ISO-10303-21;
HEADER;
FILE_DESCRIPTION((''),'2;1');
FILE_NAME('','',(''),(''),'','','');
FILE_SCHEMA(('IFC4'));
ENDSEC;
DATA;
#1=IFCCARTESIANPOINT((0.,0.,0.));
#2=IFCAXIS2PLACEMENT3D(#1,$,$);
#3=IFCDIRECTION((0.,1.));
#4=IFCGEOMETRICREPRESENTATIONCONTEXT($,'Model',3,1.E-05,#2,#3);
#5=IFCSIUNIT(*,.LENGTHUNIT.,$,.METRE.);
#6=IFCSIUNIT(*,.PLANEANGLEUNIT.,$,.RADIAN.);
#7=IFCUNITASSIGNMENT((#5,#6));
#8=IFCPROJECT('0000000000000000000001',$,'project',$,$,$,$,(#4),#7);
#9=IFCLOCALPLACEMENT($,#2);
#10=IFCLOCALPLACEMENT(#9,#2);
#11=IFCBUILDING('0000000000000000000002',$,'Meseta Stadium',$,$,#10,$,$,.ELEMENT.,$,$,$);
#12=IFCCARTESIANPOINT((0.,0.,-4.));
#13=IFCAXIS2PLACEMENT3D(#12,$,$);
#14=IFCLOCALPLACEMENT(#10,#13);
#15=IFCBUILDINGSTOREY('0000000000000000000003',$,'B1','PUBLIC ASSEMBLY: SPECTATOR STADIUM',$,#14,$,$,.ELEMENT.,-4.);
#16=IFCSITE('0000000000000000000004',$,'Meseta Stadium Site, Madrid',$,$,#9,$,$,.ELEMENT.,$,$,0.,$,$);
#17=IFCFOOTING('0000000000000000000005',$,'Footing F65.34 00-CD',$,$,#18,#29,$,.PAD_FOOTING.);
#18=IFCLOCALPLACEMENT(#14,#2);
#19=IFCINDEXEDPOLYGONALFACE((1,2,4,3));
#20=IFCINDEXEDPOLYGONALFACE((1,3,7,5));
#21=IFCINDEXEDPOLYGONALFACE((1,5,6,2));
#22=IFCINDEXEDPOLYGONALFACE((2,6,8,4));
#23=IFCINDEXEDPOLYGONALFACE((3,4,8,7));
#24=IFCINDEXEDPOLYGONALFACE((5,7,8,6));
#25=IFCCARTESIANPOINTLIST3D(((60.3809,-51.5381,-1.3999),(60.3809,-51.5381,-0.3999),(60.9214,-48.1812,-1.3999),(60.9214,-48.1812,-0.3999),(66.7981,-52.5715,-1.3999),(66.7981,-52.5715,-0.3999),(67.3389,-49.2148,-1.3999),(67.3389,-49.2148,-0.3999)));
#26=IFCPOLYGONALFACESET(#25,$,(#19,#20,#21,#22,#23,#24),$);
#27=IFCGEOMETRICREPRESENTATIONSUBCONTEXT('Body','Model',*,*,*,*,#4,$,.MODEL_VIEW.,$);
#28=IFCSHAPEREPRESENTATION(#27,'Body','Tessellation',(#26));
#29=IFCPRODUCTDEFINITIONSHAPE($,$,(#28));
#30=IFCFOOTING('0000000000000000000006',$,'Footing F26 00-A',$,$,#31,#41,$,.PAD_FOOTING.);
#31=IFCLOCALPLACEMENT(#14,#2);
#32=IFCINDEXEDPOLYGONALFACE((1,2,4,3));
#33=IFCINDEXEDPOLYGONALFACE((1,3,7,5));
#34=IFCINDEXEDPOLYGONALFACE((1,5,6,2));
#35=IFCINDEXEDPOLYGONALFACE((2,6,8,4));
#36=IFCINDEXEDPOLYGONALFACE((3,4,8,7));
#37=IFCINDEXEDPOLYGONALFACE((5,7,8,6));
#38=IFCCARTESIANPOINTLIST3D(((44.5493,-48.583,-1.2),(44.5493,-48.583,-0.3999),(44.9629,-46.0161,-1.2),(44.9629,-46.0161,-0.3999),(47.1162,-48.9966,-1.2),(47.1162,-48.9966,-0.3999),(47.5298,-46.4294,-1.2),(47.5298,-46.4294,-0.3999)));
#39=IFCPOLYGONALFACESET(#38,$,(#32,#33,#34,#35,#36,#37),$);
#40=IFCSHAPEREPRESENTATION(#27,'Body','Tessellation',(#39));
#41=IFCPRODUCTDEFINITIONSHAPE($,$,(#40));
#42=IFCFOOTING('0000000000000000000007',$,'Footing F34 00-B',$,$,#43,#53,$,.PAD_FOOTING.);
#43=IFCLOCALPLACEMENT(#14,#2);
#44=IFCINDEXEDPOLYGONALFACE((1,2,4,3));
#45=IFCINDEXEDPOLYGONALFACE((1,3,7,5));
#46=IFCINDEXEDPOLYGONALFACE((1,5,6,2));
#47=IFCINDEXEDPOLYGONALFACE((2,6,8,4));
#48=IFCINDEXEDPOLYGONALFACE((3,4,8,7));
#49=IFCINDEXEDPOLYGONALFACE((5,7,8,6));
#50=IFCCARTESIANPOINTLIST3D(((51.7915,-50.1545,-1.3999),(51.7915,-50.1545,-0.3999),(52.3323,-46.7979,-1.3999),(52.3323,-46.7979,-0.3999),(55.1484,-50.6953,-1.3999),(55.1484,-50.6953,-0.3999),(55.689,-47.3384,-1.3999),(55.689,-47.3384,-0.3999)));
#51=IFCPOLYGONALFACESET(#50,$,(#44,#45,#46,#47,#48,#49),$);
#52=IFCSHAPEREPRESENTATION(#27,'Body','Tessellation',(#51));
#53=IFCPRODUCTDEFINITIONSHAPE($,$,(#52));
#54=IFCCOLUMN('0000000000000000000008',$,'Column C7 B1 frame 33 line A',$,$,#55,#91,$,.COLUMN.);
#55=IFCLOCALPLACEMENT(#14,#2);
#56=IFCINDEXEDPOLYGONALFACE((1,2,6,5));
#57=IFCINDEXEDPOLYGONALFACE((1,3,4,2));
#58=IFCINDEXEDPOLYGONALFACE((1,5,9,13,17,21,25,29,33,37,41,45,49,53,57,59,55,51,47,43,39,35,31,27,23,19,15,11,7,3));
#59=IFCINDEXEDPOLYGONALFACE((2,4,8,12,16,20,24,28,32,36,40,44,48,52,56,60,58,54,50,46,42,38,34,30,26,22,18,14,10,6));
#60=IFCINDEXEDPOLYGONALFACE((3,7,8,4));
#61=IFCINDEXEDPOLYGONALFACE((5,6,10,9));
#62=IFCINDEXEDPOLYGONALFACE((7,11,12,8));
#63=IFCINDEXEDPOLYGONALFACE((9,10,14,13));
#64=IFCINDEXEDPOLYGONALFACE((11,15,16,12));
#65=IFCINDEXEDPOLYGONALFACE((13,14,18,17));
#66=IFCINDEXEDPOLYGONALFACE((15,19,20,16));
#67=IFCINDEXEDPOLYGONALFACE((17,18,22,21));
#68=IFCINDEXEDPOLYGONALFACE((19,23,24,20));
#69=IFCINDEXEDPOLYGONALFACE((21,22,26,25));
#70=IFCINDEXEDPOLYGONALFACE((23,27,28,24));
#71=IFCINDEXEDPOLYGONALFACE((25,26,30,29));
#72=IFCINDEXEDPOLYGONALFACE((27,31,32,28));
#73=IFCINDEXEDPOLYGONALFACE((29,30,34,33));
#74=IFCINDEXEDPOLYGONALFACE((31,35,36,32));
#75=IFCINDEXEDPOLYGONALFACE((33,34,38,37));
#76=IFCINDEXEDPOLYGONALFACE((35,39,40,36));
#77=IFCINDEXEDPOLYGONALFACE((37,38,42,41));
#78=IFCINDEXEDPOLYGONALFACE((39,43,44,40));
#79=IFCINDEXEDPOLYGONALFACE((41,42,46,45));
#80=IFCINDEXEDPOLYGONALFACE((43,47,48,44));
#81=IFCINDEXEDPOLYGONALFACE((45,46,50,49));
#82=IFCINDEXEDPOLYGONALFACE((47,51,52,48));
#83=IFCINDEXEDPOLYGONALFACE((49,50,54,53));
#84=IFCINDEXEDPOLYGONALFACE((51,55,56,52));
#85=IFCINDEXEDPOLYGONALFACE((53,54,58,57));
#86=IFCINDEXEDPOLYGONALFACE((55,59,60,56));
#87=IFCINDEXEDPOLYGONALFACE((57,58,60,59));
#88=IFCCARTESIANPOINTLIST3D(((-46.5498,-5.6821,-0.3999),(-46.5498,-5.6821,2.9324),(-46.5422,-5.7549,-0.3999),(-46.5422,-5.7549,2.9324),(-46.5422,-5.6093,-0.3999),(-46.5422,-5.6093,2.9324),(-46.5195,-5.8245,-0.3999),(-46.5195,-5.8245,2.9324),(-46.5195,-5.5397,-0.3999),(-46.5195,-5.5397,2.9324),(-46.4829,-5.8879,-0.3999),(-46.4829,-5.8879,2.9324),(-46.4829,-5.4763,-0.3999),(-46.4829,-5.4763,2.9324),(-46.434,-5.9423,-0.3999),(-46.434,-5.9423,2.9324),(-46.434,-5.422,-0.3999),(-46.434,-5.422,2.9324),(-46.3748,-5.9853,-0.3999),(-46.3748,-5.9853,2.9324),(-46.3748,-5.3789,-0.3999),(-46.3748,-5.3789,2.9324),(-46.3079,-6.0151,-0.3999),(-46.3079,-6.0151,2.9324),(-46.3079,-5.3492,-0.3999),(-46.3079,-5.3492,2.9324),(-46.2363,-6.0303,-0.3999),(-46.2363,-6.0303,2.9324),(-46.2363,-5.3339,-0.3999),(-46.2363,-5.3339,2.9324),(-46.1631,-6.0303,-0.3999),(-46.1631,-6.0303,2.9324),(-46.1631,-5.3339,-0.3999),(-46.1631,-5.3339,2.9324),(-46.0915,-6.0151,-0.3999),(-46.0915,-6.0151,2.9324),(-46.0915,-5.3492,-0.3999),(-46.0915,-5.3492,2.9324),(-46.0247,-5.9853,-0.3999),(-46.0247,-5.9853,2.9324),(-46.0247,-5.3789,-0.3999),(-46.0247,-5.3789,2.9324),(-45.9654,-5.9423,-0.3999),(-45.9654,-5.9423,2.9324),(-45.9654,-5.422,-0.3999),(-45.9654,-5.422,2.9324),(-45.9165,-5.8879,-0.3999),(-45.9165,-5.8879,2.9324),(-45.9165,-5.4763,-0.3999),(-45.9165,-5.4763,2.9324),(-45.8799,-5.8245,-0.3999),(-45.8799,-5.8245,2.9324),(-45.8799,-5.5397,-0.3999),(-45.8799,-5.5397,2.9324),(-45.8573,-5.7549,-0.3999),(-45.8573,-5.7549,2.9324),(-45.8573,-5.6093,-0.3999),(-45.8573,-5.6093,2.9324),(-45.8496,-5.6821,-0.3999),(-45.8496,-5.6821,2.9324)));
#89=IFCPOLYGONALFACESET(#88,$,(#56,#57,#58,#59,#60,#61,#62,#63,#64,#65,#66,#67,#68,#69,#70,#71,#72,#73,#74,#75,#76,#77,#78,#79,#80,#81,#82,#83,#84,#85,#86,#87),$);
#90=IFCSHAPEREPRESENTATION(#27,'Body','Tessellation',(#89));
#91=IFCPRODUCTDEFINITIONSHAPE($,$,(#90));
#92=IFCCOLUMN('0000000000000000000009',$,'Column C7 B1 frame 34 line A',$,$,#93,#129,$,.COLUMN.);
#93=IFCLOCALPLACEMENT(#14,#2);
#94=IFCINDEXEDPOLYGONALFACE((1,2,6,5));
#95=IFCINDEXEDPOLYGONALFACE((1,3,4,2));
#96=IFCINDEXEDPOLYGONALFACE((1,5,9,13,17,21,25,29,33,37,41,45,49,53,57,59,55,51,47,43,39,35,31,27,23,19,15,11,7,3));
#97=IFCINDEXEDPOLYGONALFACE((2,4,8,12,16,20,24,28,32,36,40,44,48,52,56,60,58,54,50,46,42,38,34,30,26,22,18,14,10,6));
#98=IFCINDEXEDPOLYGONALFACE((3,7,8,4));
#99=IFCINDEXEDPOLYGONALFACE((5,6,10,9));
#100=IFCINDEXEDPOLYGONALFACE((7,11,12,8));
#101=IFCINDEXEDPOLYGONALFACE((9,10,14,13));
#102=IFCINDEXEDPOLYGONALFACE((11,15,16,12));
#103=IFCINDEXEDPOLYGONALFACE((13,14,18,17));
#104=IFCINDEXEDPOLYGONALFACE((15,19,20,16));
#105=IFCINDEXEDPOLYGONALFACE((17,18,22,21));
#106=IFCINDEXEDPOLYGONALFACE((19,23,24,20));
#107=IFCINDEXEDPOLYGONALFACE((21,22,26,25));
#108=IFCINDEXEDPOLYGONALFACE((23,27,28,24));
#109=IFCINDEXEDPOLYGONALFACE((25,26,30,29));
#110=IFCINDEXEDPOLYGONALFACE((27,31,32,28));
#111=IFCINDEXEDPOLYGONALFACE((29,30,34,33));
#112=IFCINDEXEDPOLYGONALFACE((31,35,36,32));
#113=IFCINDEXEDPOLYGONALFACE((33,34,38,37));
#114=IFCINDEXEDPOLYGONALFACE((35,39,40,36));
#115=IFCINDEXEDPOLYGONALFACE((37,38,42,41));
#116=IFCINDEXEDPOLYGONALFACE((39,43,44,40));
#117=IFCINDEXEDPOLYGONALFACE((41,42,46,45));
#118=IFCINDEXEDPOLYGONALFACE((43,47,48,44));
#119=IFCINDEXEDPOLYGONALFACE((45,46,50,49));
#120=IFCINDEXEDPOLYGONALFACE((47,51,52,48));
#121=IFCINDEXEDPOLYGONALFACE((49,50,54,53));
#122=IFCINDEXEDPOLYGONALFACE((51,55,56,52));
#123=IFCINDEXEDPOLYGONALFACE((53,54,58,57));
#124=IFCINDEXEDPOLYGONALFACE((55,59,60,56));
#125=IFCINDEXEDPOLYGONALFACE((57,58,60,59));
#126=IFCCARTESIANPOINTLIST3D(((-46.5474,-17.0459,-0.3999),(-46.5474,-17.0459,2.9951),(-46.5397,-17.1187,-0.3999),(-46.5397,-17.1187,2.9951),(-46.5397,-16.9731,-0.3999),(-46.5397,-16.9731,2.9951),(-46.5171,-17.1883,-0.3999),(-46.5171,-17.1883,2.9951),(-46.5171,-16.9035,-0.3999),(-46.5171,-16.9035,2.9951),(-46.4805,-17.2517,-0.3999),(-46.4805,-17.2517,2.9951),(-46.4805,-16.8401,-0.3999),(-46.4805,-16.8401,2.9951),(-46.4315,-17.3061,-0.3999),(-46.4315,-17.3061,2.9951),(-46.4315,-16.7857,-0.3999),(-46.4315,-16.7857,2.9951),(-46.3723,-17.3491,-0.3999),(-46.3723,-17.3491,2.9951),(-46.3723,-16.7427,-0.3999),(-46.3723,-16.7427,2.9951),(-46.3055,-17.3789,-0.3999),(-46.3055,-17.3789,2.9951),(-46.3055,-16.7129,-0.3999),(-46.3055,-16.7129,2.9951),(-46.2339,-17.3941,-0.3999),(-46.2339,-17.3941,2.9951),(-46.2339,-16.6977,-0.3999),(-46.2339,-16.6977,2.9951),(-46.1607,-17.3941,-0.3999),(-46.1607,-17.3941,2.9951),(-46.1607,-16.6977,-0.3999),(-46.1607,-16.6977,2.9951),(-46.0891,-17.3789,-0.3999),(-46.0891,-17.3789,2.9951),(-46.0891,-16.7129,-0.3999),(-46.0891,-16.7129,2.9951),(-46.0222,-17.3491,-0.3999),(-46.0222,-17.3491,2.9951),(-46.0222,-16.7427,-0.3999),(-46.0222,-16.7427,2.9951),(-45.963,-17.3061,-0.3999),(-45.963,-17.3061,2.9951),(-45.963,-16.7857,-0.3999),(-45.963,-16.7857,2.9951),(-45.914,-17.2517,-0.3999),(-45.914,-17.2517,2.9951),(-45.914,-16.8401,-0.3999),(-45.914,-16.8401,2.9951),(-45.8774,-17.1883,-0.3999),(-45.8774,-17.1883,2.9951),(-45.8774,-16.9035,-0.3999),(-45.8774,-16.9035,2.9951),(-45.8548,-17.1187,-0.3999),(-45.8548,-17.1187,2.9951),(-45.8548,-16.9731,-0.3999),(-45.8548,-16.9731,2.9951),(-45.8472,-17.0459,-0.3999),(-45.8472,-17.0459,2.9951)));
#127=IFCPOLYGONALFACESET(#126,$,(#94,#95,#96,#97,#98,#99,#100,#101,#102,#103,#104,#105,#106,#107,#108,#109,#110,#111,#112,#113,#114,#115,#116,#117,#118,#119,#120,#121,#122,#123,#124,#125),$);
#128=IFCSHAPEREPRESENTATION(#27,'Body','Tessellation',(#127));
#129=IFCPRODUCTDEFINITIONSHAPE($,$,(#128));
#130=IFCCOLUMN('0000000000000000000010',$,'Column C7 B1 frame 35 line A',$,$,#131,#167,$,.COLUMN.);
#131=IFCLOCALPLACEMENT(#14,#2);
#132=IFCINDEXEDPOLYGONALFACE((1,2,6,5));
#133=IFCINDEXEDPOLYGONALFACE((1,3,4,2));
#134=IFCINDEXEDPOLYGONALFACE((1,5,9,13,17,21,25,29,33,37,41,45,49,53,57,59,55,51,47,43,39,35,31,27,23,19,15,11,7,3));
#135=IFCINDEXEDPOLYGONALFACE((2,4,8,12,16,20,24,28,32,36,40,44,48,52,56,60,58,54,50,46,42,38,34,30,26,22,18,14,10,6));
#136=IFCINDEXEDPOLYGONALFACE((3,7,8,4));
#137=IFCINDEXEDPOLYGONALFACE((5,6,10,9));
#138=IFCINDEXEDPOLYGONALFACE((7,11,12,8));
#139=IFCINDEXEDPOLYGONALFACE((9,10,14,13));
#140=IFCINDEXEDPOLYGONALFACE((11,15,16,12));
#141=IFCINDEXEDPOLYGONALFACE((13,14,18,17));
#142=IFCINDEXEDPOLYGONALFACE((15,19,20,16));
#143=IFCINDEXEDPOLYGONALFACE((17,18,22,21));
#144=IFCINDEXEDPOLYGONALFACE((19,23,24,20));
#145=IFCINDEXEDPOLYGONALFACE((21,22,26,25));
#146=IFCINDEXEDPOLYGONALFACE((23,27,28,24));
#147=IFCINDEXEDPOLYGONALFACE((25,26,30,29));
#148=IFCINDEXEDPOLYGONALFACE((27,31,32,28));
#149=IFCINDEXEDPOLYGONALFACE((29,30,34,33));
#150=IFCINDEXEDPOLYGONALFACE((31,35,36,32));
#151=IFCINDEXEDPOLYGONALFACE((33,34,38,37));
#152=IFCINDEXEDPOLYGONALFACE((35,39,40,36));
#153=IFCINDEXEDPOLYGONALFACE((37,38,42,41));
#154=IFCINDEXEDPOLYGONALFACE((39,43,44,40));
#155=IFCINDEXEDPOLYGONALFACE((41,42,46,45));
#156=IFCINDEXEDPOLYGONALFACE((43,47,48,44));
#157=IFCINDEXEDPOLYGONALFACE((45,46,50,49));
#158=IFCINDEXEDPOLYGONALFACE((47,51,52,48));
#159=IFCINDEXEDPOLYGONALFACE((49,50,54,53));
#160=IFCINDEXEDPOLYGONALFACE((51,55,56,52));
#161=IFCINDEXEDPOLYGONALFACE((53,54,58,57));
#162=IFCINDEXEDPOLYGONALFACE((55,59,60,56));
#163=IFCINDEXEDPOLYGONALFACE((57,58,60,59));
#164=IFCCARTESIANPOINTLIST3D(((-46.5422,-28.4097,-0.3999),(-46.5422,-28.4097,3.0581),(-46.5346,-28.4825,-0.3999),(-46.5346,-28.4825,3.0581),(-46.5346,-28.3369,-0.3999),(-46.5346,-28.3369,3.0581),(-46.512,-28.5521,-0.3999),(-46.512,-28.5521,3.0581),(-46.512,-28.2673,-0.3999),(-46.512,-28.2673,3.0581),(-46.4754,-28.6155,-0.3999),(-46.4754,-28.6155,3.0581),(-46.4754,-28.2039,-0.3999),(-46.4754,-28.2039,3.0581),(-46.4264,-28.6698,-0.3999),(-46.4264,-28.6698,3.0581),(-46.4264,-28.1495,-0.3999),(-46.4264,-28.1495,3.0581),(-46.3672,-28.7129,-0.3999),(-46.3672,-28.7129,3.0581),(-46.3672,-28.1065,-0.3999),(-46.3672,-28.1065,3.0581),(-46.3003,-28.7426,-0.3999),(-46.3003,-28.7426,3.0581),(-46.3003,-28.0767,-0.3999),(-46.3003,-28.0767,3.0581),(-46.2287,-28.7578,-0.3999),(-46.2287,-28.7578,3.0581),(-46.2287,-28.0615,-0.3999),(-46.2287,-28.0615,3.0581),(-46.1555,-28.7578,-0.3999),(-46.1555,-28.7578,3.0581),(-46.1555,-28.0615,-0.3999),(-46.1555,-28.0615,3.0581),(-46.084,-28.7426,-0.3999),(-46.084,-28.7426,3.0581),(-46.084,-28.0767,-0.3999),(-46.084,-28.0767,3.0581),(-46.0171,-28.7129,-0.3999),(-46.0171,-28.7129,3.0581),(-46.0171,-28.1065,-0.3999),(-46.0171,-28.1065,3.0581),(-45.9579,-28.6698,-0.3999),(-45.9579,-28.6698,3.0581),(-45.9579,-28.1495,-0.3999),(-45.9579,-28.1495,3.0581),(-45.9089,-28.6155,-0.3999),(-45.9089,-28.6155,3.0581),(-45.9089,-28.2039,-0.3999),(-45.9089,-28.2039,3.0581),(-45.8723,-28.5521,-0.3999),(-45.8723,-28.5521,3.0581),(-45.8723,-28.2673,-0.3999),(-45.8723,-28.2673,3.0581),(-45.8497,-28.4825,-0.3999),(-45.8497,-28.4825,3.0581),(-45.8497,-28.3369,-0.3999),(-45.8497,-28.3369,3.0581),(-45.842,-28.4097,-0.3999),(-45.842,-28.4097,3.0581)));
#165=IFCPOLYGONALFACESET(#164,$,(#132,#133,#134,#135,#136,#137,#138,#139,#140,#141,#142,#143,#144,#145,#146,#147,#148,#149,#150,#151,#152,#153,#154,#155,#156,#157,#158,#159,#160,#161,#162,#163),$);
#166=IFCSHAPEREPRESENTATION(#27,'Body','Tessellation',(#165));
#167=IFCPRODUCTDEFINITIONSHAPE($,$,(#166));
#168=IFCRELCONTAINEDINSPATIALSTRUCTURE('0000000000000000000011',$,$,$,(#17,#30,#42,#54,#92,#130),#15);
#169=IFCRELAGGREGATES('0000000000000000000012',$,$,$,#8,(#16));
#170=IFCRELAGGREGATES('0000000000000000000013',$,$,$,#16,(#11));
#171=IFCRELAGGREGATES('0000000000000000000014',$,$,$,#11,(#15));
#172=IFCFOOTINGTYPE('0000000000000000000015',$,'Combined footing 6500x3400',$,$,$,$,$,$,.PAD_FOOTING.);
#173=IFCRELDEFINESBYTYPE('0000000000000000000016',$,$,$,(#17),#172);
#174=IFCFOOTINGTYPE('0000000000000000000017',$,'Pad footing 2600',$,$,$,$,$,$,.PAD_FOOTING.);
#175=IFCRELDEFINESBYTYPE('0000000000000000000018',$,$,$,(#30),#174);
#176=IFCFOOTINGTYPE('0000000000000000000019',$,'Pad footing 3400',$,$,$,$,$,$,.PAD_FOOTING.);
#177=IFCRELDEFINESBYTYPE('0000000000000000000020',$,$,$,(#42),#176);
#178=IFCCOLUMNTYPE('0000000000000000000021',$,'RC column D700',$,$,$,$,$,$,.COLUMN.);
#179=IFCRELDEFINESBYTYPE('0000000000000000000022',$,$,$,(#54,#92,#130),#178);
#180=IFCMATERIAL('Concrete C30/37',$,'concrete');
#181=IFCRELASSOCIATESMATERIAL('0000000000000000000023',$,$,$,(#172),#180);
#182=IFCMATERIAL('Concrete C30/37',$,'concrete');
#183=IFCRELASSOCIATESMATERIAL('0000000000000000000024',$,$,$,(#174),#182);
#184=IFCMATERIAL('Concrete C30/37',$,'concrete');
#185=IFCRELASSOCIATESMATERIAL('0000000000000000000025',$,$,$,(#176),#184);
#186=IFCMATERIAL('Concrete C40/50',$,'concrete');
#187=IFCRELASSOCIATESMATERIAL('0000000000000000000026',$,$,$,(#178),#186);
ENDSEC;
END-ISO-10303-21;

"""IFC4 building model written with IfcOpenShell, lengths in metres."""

from ifc_helpers import new_model, si_unit, direction, frame, origin, origin_2d, place, context, subcontext, project, spatial, polyline, circle, outline, extrude, material, material_profile, profile_set, type_object, element, save


model = new_model("IFC4")

# Units and contexts
model_context = context("Model", 3, precision=1e-05, world=origin(), true_north=direction((0.0, 1.0)))
body_context = subcontext(model_context, "Body", "Model", "MODEL_VIEW")
ifc_project = project(units=[si_unit("LENGTHUNIT", "METRE"), si_unit("PLANEANGLEUNIT", "RADIAN")], contexts=[model_context])

# Site, building, storey
site_placement = place(None, origin())
site = spatial("IfcSite", under=ifc_project, at=site_placement, Name="Meseta Stadium Site, Madrid", CompositionType="ELEMENT", RefElevation=0.0)
building_placement = place(site_placement, origin())
building = spatial("IfcBuilding", under=site, at=building_placement, Name="Meseta Stadium", CompositionType="ELEMENT")
storey_placement = place(building_placement, frame((0.0, 0.0, -4.0)))
storey = spatial("IfcBuildingStorey", under=building, at=storey_placement, Name="B1", Description="PUBLIC ASSEMBLY: SPECTATOR STADIUM", CompositionType="ELEMENT", Elevation=-4.0)

# Footings
ifc_material_1 = material(Name="Concrete C30/37", Category="concrete")
footing_type_1 = type_object("IfcFootingType", Name="Combined footing 6500x3400", PredefinedType="PAD_FOOTING", material=ifc_material_1)
footing_1_placement = place(storey_placement, frame((0.0, 0.0, -1.3999)))
element("IfcFooting", 1, at=footing_1_placement, inside=storey, type_object=footing_type_1, Name="Footing F65.34 00-CD", PredefinedType="PAD_FOOTING", context=body_context, shape_type="SweptSolid", body=[
    extrude(outline(polyline([(60.3809, -51.5381), (66.7981, -52.5715), (67.3389, -49.2148), (60.9214, -48.1812), (60.3809, -51.5381)])), origin(), (0.0, 0.0, 1.0), 1.0),
])
ifc_material_2 = material(Name="Concrete C30/37", Category="concrete")
footing_type_2 = type_object("IfcFootingType", Name="Pad footing 2600", PredefinedType="PAD_FOOTING", material=ifc_material_2)
footing_2_placement = place(storey_placement, frame((0.0, 0.0, -1.2)))
element("IfcFooting", 2, at=footing_2_placement, inside=storey, type_object=footing_type_2, Name="Footing F26 00-A", PredefinedType="PAD_FOOTING", context=body_context, shape_type="SweptSolid", body=[
    extrude(outline(polyline([(44.5493, -48.583), (47.1162, -48.9966), (47.5298, -46.4294), (44.9629, -46.0161), (44.5493, -48.583)])), origin(), (0.0, 0.0, 1.0), 0.8),
])
ifc_material_3 = material(Name="Concrete C30/37", Category="concrete")
footing_type_3 = type_object("IfcFootingType", Name="Pad footing 3400", PredefinedType="PAD_FOOTING", material=ifc_material_3)
footing_3_placement = place(storey_placement, frame((0.0, 0.0, -1.3999)))
element("IfcFooting", 3, at=footing_3_placement, inside=storey, type_object=footing_type_3, Name="Footing F34 00-B", PredefinedType="PAD_FOOTING", context=body_context, shape_type="SweptSolid", body=[
    extrude(outline(polyline([(51.7915, -50.1545), (55.1484, -50.6953), (55.689, -47.3384), (52.3323, -46.7979), (51.7915, -50.1545)])), origin(), (0.0, 0.0, 1.0), 1.0),
])

# Columns
ifc_material_4 = material(Name="Concrete C40/50", Category="concrete")
ifc_material_profile_1 = material_profile(ifc_material_4, circle(Radius=0.3501, at=origin_2d()), Name="RC D700")
ifc_profile_set_1 = profile_set([ifc_material_profile_1], Name="Concrete C40/50")
column_type_1 = type_object("IfcColumnType", Name="RC column D700", PredefinedType="COLUMN", material=ifc_profile_set_1)
column_1_placement = place(storey_placement, frame((-46.1997, -5.6821, -0.3999), z_axis=(0.0, 0.0, 1.0), x_axis=(1.0, 0.0, 0.0)))
element("IfcColumn", 4, at=column_1_placement, inside=storey, type_object=column_type_1, Name="Column C7 B1 frame 33 line A", PredefinedType="COLUMN", context=body_context, shape_type="SweptSolid", body=[
    extrude(circle(Radius=0.3501, at=origin_2d()), origin(), (0.0, 0.0, 1.0), 3.3323),
])
column_2_placement = place(storey_placement, frame((-46.1973, -17.0459, -0.3999), z_axis=(0.0, 0.0, 1.0), x_axis=(1.0, 0.0, 0.0)))
element("IfcColumn", 5, at=column_2_placement, inside=storey, type_object=column_type_1, Name="Column C7 B1 frame 34 line A", PredefinedType="COLUMN", context=body_context, shape_type="SweptSolid", body=[
    extrude(circle(Radius=0.3501, at=origin_2d()), origin(), (0.0, 0.0, 1.0), 3.395),
])
column_3_placement = place(storey_placement, frame((-46.1921, -28.4097, -0.3999), z_axis=(0.0, 0.0, 1.0), x_axis=(1.0, 0.0, 0.0)))
element("IfcColumn", 6, at=column_3_placement, inside=storey, type_object=column_type_1, Name="Column C7 B1 frame 35 line A", PredefinedType="COLUMN", context=body_context, shape_type="SweptSolid", body=[
    extrude(circle(Radius=0.3501, at=origin_2d()), origin(), (0.0, 0.0, 1.0), 3.458),
])

save(model, "model.ifc")
